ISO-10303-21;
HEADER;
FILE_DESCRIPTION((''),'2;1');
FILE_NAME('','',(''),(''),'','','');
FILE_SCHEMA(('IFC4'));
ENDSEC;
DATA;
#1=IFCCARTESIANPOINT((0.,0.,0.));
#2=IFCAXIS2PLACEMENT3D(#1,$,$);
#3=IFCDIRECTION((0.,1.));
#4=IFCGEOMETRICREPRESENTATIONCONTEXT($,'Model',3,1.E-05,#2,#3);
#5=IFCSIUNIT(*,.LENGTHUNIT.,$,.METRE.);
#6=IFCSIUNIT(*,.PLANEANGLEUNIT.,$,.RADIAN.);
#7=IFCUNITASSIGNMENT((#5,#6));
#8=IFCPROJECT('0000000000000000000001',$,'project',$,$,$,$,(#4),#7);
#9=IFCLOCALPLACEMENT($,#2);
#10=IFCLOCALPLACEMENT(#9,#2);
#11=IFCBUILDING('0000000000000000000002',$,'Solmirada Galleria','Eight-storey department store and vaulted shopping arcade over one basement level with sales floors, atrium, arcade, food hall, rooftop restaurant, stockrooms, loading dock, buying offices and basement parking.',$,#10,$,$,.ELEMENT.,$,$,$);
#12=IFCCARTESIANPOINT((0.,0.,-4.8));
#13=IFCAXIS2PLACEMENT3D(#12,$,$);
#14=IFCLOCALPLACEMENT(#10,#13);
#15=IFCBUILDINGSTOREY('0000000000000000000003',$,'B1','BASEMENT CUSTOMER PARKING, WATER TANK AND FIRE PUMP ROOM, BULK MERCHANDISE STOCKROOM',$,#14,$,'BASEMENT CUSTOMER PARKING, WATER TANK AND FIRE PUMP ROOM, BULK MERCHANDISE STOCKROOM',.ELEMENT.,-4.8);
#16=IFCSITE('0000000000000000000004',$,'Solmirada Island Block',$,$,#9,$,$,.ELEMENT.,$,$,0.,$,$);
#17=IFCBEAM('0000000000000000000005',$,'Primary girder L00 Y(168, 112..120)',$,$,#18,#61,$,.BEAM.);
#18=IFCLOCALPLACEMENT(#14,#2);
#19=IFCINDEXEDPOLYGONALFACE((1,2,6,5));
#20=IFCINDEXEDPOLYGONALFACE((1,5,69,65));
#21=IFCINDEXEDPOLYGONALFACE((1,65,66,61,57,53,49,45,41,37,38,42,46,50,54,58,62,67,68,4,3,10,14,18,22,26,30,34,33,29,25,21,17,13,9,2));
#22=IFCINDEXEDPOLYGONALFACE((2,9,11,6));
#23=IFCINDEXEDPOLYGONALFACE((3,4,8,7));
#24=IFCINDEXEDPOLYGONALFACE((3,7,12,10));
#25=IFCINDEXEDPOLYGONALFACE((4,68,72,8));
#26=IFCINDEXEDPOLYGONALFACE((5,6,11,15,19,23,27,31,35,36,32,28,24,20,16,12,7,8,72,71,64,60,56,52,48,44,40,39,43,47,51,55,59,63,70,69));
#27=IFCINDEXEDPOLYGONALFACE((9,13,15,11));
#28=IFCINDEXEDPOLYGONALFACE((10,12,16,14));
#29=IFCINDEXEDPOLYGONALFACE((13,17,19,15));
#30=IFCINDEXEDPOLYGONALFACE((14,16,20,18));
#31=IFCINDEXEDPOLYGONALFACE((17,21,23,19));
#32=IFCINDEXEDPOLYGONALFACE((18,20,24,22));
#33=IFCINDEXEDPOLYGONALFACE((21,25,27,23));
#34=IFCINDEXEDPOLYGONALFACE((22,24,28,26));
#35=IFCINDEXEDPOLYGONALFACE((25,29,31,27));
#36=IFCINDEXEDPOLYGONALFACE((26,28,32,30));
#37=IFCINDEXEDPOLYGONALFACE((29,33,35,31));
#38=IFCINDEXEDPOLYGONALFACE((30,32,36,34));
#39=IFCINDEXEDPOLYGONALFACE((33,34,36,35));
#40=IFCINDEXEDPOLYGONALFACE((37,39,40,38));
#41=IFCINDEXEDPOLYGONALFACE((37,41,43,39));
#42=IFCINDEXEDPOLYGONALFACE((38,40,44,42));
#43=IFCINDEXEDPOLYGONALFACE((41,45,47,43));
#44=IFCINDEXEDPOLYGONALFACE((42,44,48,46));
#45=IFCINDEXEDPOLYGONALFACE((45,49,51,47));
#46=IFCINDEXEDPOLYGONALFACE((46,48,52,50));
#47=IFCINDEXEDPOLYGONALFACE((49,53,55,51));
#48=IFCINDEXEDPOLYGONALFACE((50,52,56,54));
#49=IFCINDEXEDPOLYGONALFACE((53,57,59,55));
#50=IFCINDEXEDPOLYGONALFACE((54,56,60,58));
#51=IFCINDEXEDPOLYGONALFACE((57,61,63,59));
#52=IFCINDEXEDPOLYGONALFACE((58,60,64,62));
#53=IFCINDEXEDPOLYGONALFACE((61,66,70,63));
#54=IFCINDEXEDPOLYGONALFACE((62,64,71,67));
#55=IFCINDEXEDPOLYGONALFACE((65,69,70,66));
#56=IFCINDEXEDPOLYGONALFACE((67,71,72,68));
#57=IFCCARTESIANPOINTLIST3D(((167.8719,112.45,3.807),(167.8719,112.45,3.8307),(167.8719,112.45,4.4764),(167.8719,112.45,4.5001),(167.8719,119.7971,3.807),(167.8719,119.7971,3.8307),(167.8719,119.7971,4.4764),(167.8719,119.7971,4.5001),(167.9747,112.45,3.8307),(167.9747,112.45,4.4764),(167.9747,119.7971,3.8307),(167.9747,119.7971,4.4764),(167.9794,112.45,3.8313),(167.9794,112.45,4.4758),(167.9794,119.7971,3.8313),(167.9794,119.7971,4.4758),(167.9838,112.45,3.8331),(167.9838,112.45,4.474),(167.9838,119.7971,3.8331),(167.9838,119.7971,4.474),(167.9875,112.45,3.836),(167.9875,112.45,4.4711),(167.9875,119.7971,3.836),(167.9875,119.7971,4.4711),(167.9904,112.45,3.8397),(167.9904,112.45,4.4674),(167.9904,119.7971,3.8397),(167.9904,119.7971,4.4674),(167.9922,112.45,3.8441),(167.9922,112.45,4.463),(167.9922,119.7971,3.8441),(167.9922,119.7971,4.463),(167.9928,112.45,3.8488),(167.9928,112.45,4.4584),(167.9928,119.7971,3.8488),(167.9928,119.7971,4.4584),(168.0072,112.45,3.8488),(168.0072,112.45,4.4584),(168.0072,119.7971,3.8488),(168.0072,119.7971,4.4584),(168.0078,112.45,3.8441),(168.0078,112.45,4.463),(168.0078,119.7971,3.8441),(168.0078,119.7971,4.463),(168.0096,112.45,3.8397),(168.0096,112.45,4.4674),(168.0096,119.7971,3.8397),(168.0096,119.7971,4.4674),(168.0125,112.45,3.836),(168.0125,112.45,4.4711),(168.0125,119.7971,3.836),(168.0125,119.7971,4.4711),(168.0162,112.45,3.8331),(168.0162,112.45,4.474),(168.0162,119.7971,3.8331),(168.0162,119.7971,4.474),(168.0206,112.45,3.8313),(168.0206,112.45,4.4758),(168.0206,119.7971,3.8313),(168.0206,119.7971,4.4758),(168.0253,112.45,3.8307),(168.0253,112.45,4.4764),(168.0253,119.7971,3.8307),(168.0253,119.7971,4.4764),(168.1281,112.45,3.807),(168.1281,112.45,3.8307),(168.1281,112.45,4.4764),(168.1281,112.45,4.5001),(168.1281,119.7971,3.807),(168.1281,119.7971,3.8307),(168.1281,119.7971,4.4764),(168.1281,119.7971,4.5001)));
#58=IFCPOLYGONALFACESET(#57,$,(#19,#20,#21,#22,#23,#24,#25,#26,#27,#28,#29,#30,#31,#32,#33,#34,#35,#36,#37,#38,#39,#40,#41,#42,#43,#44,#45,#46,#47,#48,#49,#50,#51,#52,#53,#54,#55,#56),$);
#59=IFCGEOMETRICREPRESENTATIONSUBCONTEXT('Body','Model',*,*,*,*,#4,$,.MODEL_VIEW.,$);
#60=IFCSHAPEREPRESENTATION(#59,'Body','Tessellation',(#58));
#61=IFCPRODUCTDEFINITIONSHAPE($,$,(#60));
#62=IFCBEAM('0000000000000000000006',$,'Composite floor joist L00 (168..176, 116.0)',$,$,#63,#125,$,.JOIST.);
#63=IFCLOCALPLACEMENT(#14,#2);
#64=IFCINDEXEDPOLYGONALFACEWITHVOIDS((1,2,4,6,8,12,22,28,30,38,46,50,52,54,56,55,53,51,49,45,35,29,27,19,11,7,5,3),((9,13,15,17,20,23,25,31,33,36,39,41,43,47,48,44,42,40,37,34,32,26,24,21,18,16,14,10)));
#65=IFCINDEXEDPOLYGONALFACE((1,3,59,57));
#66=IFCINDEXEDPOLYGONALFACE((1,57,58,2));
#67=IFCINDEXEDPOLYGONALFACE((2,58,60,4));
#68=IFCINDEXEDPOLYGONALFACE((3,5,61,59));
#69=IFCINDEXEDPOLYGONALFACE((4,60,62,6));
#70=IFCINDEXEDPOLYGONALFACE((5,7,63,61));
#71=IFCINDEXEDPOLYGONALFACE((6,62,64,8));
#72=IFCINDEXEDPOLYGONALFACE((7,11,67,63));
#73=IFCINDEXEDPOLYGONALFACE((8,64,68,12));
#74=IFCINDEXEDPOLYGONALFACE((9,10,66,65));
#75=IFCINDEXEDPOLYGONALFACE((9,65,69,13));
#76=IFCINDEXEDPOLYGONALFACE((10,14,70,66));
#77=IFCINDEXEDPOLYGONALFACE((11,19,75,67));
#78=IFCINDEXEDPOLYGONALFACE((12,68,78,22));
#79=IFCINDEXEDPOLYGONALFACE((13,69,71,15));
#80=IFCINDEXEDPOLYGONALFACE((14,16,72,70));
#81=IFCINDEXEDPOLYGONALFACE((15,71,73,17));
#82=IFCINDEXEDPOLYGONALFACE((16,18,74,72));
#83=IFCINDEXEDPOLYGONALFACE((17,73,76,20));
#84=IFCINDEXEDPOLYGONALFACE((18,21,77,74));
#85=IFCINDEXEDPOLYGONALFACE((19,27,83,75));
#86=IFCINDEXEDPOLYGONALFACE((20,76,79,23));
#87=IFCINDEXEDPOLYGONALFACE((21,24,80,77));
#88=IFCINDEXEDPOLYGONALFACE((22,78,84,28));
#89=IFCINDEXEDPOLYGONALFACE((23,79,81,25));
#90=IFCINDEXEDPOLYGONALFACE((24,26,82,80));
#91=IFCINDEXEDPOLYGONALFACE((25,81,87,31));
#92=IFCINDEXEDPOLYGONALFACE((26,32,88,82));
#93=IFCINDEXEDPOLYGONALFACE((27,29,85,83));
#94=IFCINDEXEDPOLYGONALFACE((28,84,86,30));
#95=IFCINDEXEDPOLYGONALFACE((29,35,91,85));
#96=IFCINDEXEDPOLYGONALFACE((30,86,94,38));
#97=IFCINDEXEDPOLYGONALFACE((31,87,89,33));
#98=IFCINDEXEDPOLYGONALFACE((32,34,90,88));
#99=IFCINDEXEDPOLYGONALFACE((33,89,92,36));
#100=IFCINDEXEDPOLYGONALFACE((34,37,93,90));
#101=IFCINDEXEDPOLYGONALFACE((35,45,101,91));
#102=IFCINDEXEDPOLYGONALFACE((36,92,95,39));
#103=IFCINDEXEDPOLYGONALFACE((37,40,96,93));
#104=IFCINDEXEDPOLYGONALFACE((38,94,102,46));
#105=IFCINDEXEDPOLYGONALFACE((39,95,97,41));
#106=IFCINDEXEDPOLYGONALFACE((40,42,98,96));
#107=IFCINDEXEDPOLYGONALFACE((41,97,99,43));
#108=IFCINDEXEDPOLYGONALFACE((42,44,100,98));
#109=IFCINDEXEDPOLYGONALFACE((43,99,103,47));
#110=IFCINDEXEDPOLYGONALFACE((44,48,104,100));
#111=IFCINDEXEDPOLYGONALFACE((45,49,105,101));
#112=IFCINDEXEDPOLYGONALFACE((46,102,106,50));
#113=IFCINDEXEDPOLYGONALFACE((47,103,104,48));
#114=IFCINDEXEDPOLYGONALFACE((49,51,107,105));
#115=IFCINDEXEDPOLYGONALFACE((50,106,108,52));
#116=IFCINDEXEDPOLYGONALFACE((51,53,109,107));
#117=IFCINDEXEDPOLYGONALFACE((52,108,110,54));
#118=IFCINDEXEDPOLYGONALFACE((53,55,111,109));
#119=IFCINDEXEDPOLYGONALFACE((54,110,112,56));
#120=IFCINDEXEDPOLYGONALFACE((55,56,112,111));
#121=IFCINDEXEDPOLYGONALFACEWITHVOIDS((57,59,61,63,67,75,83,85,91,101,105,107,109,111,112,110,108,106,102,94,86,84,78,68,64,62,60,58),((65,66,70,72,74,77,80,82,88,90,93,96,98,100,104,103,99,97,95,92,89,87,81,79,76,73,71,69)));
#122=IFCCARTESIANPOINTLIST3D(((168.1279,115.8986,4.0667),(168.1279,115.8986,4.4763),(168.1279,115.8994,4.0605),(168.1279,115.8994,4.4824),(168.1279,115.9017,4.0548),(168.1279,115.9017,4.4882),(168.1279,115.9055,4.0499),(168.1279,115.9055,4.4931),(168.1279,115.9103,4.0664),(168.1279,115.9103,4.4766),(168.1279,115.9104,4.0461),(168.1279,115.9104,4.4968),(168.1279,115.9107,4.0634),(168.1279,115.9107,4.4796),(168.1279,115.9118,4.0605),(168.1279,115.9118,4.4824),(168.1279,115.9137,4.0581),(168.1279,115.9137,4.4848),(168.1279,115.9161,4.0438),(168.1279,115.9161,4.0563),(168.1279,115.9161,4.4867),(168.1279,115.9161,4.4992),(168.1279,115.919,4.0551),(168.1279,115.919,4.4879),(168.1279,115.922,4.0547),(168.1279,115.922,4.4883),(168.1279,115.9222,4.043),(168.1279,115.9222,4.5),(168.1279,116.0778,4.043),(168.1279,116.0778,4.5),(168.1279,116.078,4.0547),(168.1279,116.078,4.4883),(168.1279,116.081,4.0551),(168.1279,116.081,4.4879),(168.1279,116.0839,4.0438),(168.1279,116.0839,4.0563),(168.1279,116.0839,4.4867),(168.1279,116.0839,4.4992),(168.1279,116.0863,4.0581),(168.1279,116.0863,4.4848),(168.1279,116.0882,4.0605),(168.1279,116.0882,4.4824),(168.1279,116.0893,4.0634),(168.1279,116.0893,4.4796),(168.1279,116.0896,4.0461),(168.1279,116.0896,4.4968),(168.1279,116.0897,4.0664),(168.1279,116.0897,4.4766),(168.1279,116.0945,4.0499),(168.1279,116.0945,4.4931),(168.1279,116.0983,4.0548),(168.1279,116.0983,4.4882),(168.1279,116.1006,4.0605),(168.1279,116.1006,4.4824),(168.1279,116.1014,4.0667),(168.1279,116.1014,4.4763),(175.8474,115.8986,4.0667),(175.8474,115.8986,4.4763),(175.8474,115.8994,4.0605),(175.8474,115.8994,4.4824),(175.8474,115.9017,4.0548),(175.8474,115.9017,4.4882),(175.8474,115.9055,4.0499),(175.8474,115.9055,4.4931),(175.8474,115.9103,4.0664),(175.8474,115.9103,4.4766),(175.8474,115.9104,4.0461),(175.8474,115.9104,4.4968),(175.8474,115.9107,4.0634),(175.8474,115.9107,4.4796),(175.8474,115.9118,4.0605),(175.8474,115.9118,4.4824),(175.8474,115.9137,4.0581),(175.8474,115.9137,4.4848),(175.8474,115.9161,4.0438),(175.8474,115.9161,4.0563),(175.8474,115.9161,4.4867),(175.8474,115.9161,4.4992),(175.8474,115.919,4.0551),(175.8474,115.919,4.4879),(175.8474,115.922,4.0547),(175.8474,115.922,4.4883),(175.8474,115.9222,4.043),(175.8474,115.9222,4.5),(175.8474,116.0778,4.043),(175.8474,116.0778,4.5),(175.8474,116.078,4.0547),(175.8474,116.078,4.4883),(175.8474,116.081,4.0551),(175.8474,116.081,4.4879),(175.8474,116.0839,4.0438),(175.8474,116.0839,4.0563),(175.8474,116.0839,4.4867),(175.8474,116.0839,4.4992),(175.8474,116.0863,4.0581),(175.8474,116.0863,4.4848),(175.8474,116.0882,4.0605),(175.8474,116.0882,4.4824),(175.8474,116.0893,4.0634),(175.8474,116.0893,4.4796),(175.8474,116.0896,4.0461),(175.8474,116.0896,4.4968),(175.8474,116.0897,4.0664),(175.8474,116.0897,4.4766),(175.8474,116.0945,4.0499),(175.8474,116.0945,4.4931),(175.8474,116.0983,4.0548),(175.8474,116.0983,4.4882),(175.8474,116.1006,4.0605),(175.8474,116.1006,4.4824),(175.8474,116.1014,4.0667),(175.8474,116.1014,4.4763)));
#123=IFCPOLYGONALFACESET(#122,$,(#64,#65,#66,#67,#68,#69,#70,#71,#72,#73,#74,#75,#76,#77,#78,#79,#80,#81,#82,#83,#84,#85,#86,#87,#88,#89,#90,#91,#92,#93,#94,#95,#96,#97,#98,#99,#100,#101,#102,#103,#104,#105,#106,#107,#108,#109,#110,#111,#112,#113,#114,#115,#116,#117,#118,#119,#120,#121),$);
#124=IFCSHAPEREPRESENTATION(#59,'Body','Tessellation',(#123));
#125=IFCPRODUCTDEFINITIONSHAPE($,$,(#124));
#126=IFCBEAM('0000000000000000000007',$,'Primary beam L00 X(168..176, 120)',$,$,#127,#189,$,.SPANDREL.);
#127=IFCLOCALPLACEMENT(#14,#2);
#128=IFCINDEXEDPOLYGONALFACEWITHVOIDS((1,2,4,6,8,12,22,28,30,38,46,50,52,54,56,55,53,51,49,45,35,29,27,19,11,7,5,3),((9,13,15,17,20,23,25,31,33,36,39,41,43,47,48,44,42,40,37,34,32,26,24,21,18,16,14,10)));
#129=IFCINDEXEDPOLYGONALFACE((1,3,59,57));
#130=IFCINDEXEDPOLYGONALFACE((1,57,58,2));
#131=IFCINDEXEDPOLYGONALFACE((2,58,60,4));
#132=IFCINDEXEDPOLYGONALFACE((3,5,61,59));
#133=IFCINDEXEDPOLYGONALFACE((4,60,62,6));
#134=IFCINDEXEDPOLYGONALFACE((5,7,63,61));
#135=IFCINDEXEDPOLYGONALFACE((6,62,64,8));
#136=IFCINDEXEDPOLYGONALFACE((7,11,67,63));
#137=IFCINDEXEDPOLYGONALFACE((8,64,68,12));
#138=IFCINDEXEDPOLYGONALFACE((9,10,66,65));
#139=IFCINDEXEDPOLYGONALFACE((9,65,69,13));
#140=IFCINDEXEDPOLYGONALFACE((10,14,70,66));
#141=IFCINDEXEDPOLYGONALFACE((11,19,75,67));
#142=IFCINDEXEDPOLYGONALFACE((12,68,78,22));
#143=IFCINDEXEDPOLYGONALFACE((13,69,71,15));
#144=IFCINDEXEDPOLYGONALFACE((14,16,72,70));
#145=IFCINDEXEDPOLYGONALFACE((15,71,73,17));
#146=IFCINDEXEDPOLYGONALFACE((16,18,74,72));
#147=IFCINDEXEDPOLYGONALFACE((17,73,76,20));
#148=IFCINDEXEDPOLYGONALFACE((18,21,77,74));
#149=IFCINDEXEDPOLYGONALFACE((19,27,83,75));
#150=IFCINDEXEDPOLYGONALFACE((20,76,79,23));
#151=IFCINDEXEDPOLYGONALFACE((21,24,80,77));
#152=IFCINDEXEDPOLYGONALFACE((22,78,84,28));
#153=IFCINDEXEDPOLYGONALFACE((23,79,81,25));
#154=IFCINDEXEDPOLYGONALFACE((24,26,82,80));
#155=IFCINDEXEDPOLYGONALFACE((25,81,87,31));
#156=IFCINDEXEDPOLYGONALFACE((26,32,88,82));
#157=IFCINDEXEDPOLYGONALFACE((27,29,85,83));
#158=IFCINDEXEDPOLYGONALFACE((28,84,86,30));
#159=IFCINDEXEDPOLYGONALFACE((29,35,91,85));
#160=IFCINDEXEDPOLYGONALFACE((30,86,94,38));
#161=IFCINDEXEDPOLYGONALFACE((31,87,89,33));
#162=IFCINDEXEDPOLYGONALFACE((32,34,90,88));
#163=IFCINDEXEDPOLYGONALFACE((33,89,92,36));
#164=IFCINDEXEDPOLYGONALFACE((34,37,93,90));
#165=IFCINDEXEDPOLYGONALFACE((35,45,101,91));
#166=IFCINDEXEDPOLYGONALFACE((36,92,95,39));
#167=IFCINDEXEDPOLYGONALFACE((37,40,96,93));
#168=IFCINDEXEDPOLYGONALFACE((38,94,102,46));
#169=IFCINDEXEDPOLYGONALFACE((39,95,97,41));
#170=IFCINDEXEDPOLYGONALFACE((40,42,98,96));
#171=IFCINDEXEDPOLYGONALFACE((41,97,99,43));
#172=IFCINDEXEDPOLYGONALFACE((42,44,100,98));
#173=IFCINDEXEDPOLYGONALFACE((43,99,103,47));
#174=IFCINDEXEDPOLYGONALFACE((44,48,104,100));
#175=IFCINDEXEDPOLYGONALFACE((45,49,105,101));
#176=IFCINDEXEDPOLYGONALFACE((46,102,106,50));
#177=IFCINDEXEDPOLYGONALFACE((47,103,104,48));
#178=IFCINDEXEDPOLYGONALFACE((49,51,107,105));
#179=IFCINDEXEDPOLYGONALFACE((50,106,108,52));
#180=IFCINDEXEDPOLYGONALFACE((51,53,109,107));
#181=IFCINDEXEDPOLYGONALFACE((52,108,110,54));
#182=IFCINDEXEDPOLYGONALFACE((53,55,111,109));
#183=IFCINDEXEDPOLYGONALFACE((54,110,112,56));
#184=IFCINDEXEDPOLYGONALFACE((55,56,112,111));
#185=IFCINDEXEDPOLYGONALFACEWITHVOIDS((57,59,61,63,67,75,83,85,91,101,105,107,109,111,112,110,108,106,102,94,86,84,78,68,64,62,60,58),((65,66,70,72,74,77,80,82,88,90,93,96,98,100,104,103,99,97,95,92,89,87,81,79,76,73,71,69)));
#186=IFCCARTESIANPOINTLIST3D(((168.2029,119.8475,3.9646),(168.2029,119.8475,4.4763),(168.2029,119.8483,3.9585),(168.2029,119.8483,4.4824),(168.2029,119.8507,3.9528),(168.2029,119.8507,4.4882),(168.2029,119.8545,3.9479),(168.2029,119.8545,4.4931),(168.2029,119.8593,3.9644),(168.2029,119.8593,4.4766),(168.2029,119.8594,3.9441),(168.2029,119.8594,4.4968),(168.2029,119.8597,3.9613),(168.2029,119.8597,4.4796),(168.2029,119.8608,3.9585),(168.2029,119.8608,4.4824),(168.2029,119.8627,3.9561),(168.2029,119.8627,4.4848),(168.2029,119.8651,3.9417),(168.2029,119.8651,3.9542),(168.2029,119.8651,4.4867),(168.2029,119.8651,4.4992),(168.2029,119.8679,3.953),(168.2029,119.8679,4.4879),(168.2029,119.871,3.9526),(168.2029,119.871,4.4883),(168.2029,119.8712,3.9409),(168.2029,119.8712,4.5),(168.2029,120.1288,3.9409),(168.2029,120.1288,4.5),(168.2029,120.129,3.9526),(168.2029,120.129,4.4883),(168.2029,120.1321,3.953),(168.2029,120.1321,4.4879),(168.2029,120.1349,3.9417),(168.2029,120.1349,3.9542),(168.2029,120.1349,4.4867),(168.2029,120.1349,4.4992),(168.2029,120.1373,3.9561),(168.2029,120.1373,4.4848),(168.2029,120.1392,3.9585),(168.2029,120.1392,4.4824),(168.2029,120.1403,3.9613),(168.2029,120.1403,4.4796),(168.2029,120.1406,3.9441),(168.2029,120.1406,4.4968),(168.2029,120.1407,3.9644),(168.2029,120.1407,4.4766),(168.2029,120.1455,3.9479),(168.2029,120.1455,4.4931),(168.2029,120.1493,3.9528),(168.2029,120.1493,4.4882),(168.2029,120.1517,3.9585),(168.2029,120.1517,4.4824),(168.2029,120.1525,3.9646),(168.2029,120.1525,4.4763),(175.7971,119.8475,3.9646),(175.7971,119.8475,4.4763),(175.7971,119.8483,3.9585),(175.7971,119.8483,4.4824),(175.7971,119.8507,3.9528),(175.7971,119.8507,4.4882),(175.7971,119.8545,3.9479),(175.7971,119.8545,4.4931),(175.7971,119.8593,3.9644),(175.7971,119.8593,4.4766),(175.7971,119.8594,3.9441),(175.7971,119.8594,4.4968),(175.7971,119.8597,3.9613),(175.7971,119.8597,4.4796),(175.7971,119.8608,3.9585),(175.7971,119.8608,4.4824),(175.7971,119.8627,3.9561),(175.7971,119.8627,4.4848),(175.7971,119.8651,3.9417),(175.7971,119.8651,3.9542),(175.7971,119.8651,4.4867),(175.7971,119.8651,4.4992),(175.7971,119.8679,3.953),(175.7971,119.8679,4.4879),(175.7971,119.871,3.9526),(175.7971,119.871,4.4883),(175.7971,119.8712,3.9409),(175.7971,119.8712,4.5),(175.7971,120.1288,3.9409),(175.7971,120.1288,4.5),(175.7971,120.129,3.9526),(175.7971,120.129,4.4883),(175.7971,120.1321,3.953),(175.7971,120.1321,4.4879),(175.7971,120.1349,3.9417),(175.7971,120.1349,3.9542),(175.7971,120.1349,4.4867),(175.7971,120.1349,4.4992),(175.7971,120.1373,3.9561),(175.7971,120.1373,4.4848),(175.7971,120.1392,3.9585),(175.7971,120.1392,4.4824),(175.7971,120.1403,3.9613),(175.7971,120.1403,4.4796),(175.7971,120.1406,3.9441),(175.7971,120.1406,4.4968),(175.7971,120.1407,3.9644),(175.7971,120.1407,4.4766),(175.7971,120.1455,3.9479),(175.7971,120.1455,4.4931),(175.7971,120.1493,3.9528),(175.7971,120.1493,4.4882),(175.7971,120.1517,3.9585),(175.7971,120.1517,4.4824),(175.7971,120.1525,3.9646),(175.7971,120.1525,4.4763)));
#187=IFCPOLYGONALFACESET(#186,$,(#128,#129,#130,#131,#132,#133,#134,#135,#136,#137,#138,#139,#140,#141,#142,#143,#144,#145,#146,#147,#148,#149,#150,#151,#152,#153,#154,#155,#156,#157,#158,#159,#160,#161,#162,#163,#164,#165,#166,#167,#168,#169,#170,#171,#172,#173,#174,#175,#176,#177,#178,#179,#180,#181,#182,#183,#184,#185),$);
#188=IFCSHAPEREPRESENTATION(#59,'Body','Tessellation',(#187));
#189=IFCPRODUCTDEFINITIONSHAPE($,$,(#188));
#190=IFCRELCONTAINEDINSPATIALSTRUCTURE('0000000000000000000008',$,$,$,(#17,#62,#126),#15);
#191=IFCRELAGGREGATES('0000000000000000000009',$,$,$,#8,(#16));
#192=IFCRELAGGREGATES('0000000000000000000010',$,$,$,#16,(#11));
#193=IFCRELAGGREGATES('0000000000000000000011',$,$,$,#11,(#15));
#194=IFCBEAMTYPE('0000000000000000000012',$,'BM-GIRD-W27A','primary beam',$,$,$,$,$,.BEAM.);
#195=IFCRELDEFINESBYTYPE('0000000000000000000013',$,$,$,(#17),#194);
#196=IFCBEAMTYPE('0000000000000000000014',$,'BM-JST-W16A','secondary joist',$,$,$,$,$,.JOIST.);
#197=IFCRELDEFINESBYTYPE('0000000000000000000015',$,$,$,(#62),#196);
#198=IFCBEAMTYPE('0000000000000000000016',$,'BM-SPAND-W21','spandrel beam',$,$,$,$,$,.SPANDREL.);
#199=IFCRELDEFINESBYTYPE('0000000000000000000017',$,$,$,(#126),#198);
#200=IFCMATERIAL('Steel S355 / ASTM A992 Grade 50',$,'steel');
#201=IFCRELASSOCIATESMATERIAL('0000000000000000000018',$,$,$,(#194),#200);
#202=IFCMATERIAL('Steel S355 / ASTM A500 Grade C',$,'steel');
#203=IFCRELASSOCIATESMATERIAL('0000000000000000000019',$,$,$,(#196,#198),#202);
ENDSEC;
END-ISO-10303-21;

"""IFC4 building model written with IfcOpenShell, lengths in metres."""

from ifc_helpers import new_model, si_unit, direction, frame, origin, origin_2d, place, context, subcontext, project, spatial, hollow_rectangle, i_section, extrude, material, material_profile, profile_set, type_object, element, save


model = new_model("IFC4")

# Units and contexts
model_context = context("Model", 3, precision=1e-05, world=origin(), true_north=direction((0.0, 1.0)))
body_context = subcontext(model_context, "Body", "Model", "MODEL_VIEW")
ifc_project = project(units=[si_unit("LENGTHUNIT", "METRE"), si_unit("PLANEANGLEUNIT", "RADIAN")], contexts=[model_context])

# Site, building, storey
site_placement = place(None, origin())
site = spatial("IfcSite", under=ifc_project, at=site_placement, Name="Solmirada Island Block", CompositionType="ELEMENT", RefElevation=0.0)
building_placement = place(site_placement, origin())
building = spatial("IfcBuilding", under=site, at=building_placement, Name="Solmirada Galleria", Description="Eight-storey department store and vaulted shopping arcade over one basement level with sales floors, atrium, arcade, food hall, rooftop restaurant, stockrooms, loading dock, buying offices and basement parking.", CompositionType="ELEMENT")
storey_placement = place(building_placement, frame((0.0, 0.0, -4.8)))
storey = spatial("IfcBuildingStorey", under=building, at=storey_placement, Name="B1", Description="BASEMENT CUSTOMER PARKING, WATER TANK AND FIRE PUMP ROOM, BULK MERCHANDISE STOCKROOM", LongName="BASEMENT CUSTOMER PARKING, WATER TANK AND FIRE PUMP ROOM, BULK MERCHANDISE STOCKROOM", CompositionType="ELEMENT", Elevation=-4.8)

# Shared definitions
ifc_material_1 = material(Name="Steel S355 / ASTM A500 Grade C", Category="steel")

# Beams
ifc_material_2 = material(Name="Steel S355 / ASTM A992 Grade 50", Category="steel")
ifc_material_profile_1 = material_profile(ifc_material_2, i_section(OverallWidth=0.2561, OverallDepth=0.6931, WebThickness=0.0144, FlangeThickness=0.0237, FilletRadius=0.0181, at=origin_2d()), Name="W27X114")
ifc_profile_set_1 = profile_set([ifc_material_profile_1], Name="Steel S355 / ASTM A992 Grade 50")
beam_type_1 = type_object("IfcBeamType", Name="BM-GIRD-W27A", Description="primary beam", PredefinedType="BEAM", material=ifc_profile_set_1)
beam_1_placement = place(storey_placement, frame((168.0, 112.45, 4.1536), z_axis=(0.0, 1.0, 0.0), x_axis=(-1.0, 0.0, 0.0)))
element("IfcBeam", 1, at=beam_1_placement, inside=storey, type_object=beam_type_1, Name="Primary girder L00 Y(168, 112..120)", PredefinedType="BEAM", context=body_context, shape_type="SweptSolid", body=[
    extrude(i_section(OverallWidth=0.2561, OverallDepth=0.6931, WebThickness=0.0144, FlangeThickness=0.0237, FilletRadius=0.0181, at=origin_2d()), origin(), (0.0, 0.0, 1.0), 7.3472),
])
ifc_material_profile_2 = material_profile(ifc_material_1, hollow_rectangle(XDim=0.2029, YDim=0.457, WallThickness=0.0117, InnerFilletRadius=0.0117, OuterFilletRadius=0.0237, at=origin_2d()), Name="HSS18X8X1/2")
ifc_profile_set_2 = profile_set([ifc_material_profile_2], Name="Steel S355 / ASTM A500 Grade C")
beam_type_2 = type_object("IfcBeamType", Name="BM-JST-W16A", Description="secondary joist", PredefinedType="JOIST", material=ifc_profile_set_2)
beam_2_placement = place(storey_placement, frame((168.1279, 116.0, 4.2715), z_axis=(1.0, 0.0, 0.0), x_axis=(0.0, 1.0, 0.0)))
element("IfcBeam", 2, at=beam_2_placement, inside=storey, type_object=beam_type_2, Name="Composite floor joist L00 (168..176, 116.0)", PredefinedType="JOIST", context=body_context, shape_type="SweptSolid", body=[
    extrude(hollow_rectangle(XDim=0.2029, YDim=0.457, WallThickness=0.0117, InnerFilletRadius=0.0117, OuterFilletRadius=0.0237, at=origin_2d()), origin(), (0.0, 0.0, 1.0), 7.7195),
])
ifc_material_profile_3 = material_profile(ifc_material_1, hollow_rectangle(XDim=0.3049, YDim=0.5591, WallThickness=0.0117, InnerFilletRadius=0.0117, OuterFilletRadius=0.0237, at=origin_2d()), Name="HSS22X12X1/2")
ifc_profile_set_3 = profile_set([ifc_material_profile_3], Name="Steel S355 / ASTM A500 Grade C")
beam_type_3 = type_object("IfcBeamType", Name="BM-SPAND-W21", Description="spandrel beam", PredefinedType="SPANDREL", material=ifc_profile_set_3)
beam_3_placement = place(storey_placement, frame((168.2029, 120.0, 4.2205), z_axis=(1.0, 0.0, 0.0), x_axis=(0.0, 1.0, 0.0)))
element("IfcBeam", 3, at=beam_3_placement, inside=storey, type_object=beam_type_3, Name="Primary beam L00 X(168..176, 120)", PredefinedType="SPANDREL", context=body_context, shape_type="SweptSolid", body=[
    extrude(hollow_rectangle(XDim=0.3049, YDim=0.5591, WallThickness=0.0117, InnerFilletRadius=0.0117, OuterFilletRadius=0.0237, at=origin_2d()), origin(), (0.0, 0.0, 1.0), 7.5942),
])

save(model, "model.ifc")
